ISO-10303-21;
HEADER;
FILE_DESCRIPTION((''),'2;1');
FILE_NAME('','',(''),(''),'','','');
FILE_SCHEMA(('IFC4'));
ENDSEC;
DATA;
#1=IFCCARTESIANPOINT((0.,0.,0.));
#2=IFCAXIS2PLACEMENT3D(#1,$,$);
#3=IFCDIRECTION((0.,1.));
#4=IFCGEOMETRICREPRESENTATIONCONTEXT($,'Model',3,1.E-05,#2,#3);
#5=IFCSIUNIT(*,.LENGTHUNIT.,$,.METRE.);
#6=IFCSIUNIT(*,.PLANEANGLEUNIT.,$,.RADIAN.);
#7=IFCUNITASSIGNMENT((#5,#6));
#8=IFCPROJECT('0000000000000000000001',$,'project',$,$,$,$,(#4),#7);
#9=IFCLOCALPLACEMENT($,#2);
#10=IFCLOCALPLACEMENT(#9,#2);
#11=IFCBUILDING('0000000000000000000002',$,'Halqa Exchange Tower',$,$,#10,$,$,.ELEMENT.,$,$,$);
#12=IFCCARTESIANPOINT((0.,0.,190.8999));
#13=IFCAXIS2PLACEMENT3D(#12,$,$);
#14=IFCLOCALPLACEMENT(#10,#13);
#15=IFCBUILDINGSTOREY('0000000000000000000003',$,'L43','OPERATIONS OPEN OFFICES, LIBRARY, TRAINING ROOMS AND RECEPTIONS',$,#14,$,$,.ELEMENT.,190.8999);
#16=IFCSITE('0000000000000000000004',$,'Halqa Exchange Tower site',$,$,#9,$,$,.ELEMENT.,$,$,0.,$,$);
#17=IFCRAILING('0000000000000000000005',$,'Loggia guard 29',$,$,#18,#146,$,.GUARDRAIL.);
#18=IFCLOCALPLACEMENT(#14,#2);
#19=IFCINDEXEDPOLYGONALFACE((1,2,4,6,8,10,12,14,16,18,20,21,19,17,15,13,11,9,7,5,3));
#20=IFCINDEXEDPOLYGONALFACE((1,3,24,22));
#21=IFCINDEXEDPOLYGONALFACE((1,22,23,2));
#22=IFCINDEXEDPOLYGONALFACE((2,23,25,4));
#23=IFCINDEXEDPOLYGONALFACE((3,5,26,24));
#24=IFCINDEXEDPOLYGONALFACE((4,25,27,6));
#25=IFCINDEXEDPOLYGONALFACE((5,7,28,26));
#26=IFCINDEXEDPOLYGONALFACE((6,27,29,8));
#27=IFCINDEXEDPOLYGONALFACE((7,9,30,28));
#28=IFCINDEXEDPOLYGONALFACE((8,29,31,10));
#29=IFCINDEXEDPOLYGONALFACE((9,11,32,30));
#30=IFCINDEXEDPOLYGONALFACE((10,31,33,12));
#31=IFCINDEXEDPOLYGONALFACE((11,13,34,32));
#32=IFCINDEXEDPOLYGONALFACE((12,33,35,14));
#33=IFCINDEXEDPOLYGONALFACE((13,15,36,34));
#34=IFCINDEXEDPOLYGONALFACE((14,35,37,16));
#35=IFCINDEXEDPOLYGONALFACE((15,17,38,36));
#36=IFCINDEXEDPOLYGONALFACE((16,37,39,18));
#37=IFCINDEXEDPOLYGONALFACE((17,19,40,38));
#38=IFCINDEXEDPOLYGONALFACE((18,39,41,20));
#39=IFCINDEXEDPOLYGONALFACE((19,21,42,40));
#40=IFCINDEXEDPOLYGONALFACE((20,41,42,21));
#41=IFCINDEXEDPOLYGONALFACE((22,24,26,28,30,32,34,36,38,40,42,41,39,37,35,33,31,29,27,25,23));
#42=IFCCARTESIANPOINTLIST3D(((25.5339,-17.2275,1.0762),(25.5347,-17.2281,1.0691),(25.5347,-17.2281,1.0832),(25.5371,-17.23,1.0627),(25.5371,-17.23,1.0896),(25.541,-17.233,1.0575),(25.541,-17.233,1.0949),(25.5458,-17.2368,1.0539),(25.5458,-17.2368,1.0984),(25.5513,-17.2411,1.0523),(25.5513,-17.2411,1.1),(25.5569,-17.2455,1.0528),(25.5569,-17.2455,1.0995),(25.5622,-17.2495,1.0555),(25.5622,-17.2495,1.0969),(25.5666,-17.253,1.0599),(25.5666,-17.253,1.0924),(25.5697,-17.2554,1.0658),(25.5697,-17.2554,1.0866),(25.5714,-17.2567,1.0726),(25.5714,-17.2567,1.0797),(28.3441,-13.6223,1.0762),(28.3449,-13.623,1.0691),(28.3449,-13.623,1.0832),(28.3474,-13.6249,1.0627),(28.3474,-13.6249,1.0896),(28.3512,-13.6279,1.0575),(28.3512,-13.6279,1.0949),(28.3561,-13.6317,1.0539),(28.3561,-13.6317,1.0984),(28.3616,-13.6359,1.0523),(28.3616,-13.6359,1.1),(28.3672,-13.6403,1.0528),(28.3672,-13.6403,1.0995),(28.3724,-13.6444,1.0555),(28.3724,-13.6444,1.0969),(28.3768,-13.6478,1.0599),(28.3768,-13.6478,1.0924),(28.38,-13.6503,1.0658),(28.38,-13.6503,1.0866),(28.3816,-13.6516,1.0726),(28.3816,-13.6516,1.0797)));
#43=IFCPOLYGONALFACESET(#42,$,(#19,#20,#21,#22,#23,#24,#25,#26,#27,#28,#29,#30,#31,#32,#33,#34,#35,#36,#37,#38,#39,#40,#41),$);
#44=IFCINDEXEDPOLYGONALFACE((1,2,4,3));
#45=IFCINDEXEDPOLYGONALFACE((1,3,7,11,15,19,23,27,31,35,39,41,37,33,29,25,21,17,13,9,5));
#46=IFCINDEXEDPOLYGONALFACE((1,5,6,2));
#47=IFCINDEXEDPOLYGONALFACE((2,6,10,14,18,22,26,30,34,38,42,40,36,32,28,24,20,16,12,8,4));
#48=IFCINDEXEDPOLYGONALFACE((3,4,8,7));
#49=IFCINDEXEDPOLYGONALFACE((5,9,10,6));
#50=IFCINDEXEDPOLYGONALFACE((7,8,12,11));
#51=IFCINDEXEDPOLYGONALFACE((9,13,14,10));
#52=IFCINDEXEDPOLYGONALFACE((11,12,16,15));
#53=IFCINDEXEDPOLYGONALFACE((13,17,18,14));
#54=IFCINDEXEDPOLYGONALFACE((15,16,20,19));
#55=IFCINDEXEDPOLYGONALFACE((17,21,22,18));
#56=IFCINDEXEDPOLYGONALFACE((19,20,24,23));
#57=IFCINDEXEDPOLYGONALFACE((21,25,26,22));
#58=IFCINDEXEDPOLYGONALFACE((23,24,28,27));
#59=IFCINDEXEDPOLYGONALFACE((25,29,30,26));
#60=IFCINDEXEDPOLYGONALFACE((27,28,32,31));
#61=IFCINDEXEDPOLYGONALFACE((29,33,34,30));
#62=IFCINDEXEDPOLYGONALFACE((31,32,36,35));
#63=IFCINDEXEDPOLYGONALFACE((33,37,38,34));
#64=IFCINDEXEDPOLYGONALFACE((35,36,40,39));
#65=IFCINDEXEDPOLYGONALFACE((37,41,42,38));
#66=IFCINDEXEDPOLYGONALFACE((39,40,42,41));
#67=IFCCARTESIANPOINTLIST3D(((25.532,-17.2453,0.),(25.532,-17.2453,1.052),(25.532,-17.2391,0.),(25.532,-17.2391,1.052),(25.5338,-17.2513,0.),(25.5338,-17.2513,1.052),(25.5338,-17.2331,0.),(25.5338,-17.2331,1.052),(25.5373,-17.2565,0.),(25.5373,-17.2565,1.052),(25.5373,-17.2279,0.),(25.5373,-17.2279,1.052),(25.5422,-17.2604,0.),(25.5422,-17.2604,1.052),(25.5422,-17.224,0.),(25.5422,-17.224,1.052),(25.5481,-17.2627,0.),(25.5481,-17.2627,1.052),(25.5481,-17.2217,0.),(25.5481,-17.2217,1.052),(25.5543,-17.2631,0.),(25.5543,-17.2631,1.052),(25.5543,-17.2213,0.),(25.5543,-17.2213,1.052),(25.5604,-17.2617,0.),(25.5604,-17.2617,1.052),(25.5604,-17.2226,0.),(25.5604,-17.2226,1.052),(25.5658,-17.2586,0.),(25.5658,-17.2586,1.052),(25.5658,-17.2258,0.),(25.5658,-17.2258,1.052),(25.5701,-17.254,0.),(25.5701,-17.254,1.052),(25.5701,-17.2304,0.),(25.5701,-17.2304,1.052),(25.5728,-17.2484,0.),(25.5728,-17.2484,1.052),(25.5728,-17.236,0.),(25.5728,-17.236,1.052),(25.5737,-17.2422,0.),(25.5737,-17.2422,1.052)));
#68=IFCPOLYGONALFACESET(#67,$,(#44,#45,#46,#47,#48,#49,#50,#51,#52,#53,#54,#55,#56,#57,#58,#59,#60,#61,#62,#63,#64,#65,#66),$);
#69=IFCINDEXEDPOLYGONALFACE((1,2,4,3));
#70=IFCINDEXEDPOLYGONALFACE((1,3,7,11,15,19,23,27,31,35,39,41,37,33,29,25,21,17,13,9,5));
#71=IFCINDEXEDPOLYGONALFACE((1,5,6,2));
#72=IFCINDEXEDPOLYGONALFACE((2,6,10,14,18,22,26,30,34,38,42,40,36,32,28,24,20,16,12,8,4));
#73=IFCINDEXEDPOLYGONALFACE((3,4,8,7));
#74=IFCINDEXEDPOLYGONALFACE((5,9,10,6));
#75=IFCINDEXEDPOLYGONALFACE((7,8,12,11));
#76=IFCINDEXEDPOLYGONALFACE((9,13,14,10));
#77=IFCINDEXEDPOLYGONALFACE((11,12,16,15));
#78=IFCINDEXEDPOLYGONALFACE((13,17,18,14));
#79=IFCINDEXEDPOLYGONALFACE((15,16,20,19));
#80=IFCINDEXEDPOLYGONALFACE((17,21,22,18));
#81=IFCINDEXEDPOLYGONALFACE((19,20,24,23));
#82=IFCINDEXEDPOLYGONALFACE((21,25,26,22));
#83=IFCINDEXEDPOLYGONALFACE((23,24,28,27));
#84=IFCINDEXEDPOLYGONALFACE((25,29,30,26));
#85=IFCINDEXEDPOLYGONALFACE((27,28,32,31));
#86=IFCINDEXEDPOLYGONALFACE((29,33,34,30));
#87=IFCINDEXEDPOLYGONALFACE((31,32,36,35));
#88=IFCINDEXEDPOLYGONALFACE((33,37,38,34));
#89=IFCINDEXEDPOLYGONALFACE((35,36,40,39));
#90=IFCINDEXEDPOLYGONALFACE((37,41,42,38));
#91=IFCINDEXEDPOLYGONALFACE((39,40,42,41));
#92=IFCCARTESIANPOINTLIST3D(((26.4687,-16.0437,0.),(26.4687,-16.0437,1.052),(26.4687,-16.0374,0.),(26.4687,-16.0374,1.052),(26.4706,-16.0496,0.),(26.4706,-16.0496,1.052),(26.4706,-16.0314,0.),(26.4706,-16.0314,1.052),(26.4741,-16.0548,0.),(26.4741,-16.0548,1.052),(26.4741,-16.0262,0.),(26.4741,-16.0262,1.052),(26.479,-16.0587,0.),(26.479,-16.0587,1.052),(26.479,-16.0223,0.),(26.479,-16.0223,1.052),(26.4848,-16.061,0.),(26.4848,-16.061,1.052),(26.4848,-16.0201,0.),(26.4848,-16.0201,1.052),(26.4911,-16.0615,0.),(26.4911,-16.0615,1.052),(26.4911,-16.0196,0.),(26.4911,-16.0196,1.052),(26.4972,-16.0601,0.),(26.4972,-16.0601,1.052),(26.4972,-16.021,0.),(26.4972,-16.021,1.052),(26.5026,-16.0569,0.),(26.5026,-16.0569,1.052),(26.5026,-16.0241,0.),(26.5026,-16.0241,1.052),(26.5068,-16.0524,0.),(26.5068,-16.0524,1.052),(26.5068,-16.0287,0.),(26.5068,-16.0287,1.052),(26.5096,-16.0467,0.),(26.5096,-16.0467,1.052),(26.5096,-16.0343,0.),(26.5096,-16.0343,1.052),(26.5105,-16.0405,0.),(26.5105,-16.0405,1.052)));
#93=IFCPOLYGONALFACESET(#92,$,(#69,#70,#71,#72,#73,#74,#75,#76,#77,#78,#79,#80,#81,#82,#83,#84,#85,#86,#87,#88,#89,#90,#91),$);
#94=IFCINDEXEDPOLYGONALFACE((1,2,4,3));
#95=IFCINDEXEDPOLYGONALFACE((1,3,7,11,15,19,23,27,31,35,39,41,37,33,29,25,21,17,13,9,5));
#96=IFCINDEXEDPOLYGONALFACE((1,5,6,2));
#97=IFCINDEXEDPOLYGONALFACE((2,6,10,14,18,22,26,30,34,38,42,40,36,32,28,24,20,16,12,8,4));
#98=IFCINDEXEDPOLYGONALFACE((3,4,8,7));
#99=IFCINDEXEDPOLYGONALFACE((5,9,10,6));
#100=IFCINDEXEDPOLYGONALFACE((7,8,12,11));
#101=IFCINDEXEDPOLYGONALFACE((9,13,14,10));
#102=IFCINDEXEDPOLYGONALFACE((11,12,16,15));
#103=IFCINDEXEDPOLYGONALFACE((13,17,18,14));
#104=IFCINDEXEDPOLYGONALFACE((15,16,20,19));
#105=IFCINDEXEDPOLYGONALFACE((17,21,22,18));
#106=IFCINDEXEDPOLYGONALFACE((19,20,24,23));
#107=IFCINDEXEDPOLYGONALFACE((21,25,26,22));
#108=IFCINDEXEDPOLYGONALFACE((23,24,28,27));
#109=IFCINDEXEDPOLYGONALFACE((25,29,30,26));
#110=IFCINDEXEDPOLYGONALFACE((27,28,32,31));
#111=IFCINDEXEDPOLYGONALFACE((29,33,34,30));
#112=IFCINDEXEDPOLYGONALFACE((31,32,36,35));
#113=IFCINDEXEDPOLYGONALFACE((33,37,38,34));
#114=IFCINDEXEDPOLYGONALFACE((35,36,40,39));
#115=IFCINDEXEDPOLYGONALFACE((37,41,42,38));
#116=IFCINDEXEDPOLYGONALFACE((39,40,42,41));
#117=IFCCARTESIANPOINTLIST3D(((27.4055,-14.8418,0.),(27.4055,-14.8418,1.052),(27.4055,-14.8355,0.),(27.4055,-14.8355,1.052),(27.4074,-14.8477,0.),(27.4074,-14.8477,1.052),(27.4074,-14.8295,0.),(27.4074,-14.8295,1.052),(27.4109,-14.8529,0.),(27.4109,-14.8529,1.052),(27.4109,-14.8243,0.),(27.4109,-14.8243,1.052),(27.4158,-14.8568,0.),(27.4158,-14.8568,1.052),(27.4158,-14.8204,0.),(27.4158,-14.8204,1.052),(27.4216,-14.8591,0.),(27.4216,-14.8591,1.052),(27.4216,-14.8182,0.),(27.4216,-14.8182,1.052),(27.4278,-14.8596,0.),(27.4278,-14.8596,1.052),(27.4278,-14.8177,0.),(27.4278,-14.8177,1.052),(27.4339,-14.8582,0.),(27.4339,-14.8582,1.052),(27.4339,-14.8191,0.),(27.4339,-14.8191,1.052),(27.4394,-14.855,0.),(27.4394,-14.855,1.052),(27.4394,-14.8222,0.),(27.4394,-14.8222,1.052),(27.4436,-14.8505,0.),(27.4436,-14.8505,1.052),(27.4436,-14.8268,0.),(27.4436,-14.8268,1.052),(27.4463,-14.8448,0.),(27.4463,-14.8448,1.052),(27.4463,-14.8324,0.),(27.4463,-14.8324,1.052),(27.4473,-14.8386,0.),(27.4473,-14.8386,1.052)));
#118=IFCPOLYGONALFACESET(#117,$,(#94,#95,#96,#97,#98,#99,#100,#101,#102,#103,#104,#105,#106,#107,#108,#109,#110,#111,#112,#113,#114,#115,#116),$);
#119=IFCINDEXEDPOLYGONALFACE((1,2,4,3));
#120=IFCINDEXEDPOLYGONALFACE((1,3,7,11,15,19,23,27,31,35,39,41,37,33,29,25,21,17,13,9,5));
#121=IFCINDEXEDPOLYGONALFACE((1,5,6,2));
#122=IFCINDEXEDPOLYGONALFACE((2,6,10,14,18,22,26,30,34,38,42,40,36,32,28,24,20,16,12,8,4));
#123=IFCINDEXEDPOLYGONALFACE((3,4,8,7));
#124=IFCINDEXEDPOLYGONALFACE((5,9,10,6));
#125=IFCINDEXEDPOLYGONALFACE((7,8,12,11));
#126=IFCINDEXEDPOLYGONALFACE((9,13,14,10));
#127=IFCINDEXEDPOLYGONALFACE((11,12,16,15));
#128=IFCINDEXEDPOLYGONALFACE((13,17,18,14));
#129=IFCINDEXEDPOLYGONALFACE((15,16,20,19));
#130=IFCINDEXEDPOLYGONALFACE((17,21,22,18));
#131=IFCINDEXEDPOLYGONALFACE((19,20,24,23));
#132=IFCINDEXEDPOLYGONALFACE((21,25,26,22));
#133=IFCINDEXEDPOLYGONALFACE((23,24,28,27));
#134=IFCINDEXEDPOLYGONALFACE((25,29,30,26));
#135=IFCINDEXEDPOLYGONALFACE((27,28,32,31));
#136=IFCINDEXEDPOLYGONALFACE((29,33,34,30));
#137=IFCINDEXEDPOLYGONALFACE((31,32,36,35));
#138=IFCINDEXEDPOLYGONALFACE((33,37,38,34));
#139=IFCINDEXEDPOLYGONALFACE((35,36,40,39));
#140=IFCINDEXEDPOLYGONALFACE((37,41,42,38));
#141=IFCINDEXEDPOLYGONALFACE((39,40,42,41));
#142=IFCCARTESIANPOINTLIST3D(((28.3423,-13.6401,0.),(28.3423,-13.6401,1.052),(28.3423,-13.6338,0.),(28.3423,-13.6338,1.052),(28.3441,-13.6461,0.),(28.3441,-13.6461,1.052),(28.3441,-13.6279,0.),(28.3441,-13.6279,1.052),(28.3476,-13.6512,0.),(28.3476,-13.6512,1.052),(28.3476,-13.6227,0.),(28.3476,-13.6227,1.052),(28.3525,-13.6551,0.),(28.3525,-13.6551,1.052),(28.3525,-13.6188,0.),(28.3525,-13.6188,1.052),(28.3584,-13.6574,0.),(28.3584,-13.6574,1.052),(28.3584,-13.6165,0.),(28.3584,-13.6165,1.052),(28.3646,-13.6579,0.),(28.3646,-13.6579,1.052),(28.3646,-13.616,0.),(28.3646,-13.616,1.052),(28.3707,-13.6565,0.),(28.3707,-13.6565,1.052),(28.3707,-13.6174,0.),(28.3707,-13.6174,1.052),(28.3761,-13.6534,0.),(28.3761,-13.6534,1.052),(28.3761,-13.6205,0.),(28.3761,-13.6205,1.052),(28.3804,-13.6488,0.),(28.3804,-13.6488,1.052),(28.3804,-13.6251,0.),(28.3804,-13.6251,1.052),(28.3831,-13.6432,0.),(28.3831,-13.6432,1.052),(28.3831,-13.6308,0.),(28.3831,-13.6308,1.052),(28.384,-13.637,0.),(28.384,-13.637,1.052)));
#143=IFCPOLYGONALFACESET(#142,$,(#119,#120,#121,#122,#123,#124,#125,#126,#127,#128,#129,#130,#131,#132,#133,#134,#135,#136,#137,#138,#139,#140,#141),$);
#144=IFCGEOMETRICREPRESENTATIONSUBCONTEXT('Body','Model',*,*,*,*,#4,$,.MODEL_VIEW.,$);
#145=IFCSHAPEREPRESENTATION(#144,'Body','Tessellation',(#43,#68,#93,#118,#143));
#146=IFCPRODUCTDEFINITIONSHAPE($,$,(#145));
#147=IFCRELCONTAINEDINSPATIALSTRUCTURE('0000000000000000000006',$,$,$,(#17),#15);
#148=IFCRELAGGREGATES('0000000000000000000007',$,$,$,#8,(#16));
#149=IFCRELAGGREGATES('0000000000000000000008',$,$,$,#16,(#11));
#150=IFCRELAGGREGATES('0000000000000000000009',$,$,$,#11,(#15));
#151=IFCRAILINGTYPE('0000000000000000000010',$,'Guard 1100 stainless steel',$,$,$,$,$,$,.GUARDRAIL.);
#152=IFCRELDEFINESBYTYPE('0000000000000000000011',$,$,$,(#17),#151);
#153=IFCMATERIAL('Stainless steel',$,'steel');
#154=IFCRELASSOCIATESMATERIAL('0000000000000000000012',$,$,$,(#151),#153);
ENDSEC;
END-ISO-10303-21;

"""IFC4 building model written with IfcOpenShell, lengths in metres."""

from ifc_helpers import new_model, si_unit, direction, frame, origin, origin_2d, place, context, subcontext, project, spatial, circle, extrude, material, type_object, element, save


model = new_model("IFC4")

# Units and contexts
model_context = context("Model", 3, precision=1e-05, world=origin(), true_north=direction((0.0, 1.0)))
body_context = subcontext(model_context, "Body", "Model", "MODEL_VIEW")
ifc_project = project(units=[si_unit("LENGTHUNIT", "METRE"), si_unit("PLANEANGLEUNIT", "RADIAN")], contexts=[model_context])

# Site, building, storey
site_placement = place(None, origin())
site = spatial("IfcSite", under=ifc_project, at=site_placement, Name="Halqa Exchange Tower site", CompositionType="ELEMENT", RefElevation=0.0)
building_placement = place(site_placement, origin())
building = spatial("IfcBuilding", under=site, at=building_placement, Name="Halqa Exchange Tower", CompositionType="ELEMENT")
storey_placement = place(building_placement, frame((0.0, 0.0, 190.8999)))
storey = spatial("IfcBuildingStorey", under=building, at=storey_placement, Name="L43", Description="OPERATIONS OPEN OFFICES, LIBRARY, TRAINING ROOMS AND RECEPTIONS", CompositionType="ELEMENT", Elevation=190.8999)

# Railing
ifc_material_1 = material(Name="Stainless steel", Category="steel")
railing_type = type_object("IfcRailingType", Name="Guard 1100 stainless steel", PredefinedType="GUARDRAIL", material=ifc_material_1)
railing_1_placement = place(storey_placement, frame((25.5527, -17.2422, 0.0)))
element("IfcRailing", 1, at=railing_1_placement, inside=storey, type_object=railing_type, Name="Loggia guard 29", PredefinedType="GUARDRAIL", context=body_context, shape_type="SweptSolid", body=[
    extrude(circle(Radius=0.0239, at=origin_2d()), frame((0.0, 0.0, 1.0762), z_axis=(0.614791, 0.78869, 0.0), x_axis=(-0.78869, 0.614791, 0.0)), (0.0, 0.0, 1.0), 4.571),
    extrude(circle(Radius=0.021, at=origin_2d()), origin(), (0.0, 0.0, 1.0), 1.052),
    extrude(circle(Radius=0.021, at=origin_2d()), frame((0.9368, 1.2017, 0.0)), (0.0, 0.0, 1.0), 1.052),
    extrude(circle(Radius=0.021, at=origin_2d()), frame((1.8735, 2.4036, 0.0)), (0.0, 0.0, 1.0), 1.052),
    extrude(circle(Radius=0.021, at=origin_2d()), frame((2.8103, 3.6052, 0.0)), (0.0, 0.0, 1.0), 1.052),
])

save(model, "model.ifc")
